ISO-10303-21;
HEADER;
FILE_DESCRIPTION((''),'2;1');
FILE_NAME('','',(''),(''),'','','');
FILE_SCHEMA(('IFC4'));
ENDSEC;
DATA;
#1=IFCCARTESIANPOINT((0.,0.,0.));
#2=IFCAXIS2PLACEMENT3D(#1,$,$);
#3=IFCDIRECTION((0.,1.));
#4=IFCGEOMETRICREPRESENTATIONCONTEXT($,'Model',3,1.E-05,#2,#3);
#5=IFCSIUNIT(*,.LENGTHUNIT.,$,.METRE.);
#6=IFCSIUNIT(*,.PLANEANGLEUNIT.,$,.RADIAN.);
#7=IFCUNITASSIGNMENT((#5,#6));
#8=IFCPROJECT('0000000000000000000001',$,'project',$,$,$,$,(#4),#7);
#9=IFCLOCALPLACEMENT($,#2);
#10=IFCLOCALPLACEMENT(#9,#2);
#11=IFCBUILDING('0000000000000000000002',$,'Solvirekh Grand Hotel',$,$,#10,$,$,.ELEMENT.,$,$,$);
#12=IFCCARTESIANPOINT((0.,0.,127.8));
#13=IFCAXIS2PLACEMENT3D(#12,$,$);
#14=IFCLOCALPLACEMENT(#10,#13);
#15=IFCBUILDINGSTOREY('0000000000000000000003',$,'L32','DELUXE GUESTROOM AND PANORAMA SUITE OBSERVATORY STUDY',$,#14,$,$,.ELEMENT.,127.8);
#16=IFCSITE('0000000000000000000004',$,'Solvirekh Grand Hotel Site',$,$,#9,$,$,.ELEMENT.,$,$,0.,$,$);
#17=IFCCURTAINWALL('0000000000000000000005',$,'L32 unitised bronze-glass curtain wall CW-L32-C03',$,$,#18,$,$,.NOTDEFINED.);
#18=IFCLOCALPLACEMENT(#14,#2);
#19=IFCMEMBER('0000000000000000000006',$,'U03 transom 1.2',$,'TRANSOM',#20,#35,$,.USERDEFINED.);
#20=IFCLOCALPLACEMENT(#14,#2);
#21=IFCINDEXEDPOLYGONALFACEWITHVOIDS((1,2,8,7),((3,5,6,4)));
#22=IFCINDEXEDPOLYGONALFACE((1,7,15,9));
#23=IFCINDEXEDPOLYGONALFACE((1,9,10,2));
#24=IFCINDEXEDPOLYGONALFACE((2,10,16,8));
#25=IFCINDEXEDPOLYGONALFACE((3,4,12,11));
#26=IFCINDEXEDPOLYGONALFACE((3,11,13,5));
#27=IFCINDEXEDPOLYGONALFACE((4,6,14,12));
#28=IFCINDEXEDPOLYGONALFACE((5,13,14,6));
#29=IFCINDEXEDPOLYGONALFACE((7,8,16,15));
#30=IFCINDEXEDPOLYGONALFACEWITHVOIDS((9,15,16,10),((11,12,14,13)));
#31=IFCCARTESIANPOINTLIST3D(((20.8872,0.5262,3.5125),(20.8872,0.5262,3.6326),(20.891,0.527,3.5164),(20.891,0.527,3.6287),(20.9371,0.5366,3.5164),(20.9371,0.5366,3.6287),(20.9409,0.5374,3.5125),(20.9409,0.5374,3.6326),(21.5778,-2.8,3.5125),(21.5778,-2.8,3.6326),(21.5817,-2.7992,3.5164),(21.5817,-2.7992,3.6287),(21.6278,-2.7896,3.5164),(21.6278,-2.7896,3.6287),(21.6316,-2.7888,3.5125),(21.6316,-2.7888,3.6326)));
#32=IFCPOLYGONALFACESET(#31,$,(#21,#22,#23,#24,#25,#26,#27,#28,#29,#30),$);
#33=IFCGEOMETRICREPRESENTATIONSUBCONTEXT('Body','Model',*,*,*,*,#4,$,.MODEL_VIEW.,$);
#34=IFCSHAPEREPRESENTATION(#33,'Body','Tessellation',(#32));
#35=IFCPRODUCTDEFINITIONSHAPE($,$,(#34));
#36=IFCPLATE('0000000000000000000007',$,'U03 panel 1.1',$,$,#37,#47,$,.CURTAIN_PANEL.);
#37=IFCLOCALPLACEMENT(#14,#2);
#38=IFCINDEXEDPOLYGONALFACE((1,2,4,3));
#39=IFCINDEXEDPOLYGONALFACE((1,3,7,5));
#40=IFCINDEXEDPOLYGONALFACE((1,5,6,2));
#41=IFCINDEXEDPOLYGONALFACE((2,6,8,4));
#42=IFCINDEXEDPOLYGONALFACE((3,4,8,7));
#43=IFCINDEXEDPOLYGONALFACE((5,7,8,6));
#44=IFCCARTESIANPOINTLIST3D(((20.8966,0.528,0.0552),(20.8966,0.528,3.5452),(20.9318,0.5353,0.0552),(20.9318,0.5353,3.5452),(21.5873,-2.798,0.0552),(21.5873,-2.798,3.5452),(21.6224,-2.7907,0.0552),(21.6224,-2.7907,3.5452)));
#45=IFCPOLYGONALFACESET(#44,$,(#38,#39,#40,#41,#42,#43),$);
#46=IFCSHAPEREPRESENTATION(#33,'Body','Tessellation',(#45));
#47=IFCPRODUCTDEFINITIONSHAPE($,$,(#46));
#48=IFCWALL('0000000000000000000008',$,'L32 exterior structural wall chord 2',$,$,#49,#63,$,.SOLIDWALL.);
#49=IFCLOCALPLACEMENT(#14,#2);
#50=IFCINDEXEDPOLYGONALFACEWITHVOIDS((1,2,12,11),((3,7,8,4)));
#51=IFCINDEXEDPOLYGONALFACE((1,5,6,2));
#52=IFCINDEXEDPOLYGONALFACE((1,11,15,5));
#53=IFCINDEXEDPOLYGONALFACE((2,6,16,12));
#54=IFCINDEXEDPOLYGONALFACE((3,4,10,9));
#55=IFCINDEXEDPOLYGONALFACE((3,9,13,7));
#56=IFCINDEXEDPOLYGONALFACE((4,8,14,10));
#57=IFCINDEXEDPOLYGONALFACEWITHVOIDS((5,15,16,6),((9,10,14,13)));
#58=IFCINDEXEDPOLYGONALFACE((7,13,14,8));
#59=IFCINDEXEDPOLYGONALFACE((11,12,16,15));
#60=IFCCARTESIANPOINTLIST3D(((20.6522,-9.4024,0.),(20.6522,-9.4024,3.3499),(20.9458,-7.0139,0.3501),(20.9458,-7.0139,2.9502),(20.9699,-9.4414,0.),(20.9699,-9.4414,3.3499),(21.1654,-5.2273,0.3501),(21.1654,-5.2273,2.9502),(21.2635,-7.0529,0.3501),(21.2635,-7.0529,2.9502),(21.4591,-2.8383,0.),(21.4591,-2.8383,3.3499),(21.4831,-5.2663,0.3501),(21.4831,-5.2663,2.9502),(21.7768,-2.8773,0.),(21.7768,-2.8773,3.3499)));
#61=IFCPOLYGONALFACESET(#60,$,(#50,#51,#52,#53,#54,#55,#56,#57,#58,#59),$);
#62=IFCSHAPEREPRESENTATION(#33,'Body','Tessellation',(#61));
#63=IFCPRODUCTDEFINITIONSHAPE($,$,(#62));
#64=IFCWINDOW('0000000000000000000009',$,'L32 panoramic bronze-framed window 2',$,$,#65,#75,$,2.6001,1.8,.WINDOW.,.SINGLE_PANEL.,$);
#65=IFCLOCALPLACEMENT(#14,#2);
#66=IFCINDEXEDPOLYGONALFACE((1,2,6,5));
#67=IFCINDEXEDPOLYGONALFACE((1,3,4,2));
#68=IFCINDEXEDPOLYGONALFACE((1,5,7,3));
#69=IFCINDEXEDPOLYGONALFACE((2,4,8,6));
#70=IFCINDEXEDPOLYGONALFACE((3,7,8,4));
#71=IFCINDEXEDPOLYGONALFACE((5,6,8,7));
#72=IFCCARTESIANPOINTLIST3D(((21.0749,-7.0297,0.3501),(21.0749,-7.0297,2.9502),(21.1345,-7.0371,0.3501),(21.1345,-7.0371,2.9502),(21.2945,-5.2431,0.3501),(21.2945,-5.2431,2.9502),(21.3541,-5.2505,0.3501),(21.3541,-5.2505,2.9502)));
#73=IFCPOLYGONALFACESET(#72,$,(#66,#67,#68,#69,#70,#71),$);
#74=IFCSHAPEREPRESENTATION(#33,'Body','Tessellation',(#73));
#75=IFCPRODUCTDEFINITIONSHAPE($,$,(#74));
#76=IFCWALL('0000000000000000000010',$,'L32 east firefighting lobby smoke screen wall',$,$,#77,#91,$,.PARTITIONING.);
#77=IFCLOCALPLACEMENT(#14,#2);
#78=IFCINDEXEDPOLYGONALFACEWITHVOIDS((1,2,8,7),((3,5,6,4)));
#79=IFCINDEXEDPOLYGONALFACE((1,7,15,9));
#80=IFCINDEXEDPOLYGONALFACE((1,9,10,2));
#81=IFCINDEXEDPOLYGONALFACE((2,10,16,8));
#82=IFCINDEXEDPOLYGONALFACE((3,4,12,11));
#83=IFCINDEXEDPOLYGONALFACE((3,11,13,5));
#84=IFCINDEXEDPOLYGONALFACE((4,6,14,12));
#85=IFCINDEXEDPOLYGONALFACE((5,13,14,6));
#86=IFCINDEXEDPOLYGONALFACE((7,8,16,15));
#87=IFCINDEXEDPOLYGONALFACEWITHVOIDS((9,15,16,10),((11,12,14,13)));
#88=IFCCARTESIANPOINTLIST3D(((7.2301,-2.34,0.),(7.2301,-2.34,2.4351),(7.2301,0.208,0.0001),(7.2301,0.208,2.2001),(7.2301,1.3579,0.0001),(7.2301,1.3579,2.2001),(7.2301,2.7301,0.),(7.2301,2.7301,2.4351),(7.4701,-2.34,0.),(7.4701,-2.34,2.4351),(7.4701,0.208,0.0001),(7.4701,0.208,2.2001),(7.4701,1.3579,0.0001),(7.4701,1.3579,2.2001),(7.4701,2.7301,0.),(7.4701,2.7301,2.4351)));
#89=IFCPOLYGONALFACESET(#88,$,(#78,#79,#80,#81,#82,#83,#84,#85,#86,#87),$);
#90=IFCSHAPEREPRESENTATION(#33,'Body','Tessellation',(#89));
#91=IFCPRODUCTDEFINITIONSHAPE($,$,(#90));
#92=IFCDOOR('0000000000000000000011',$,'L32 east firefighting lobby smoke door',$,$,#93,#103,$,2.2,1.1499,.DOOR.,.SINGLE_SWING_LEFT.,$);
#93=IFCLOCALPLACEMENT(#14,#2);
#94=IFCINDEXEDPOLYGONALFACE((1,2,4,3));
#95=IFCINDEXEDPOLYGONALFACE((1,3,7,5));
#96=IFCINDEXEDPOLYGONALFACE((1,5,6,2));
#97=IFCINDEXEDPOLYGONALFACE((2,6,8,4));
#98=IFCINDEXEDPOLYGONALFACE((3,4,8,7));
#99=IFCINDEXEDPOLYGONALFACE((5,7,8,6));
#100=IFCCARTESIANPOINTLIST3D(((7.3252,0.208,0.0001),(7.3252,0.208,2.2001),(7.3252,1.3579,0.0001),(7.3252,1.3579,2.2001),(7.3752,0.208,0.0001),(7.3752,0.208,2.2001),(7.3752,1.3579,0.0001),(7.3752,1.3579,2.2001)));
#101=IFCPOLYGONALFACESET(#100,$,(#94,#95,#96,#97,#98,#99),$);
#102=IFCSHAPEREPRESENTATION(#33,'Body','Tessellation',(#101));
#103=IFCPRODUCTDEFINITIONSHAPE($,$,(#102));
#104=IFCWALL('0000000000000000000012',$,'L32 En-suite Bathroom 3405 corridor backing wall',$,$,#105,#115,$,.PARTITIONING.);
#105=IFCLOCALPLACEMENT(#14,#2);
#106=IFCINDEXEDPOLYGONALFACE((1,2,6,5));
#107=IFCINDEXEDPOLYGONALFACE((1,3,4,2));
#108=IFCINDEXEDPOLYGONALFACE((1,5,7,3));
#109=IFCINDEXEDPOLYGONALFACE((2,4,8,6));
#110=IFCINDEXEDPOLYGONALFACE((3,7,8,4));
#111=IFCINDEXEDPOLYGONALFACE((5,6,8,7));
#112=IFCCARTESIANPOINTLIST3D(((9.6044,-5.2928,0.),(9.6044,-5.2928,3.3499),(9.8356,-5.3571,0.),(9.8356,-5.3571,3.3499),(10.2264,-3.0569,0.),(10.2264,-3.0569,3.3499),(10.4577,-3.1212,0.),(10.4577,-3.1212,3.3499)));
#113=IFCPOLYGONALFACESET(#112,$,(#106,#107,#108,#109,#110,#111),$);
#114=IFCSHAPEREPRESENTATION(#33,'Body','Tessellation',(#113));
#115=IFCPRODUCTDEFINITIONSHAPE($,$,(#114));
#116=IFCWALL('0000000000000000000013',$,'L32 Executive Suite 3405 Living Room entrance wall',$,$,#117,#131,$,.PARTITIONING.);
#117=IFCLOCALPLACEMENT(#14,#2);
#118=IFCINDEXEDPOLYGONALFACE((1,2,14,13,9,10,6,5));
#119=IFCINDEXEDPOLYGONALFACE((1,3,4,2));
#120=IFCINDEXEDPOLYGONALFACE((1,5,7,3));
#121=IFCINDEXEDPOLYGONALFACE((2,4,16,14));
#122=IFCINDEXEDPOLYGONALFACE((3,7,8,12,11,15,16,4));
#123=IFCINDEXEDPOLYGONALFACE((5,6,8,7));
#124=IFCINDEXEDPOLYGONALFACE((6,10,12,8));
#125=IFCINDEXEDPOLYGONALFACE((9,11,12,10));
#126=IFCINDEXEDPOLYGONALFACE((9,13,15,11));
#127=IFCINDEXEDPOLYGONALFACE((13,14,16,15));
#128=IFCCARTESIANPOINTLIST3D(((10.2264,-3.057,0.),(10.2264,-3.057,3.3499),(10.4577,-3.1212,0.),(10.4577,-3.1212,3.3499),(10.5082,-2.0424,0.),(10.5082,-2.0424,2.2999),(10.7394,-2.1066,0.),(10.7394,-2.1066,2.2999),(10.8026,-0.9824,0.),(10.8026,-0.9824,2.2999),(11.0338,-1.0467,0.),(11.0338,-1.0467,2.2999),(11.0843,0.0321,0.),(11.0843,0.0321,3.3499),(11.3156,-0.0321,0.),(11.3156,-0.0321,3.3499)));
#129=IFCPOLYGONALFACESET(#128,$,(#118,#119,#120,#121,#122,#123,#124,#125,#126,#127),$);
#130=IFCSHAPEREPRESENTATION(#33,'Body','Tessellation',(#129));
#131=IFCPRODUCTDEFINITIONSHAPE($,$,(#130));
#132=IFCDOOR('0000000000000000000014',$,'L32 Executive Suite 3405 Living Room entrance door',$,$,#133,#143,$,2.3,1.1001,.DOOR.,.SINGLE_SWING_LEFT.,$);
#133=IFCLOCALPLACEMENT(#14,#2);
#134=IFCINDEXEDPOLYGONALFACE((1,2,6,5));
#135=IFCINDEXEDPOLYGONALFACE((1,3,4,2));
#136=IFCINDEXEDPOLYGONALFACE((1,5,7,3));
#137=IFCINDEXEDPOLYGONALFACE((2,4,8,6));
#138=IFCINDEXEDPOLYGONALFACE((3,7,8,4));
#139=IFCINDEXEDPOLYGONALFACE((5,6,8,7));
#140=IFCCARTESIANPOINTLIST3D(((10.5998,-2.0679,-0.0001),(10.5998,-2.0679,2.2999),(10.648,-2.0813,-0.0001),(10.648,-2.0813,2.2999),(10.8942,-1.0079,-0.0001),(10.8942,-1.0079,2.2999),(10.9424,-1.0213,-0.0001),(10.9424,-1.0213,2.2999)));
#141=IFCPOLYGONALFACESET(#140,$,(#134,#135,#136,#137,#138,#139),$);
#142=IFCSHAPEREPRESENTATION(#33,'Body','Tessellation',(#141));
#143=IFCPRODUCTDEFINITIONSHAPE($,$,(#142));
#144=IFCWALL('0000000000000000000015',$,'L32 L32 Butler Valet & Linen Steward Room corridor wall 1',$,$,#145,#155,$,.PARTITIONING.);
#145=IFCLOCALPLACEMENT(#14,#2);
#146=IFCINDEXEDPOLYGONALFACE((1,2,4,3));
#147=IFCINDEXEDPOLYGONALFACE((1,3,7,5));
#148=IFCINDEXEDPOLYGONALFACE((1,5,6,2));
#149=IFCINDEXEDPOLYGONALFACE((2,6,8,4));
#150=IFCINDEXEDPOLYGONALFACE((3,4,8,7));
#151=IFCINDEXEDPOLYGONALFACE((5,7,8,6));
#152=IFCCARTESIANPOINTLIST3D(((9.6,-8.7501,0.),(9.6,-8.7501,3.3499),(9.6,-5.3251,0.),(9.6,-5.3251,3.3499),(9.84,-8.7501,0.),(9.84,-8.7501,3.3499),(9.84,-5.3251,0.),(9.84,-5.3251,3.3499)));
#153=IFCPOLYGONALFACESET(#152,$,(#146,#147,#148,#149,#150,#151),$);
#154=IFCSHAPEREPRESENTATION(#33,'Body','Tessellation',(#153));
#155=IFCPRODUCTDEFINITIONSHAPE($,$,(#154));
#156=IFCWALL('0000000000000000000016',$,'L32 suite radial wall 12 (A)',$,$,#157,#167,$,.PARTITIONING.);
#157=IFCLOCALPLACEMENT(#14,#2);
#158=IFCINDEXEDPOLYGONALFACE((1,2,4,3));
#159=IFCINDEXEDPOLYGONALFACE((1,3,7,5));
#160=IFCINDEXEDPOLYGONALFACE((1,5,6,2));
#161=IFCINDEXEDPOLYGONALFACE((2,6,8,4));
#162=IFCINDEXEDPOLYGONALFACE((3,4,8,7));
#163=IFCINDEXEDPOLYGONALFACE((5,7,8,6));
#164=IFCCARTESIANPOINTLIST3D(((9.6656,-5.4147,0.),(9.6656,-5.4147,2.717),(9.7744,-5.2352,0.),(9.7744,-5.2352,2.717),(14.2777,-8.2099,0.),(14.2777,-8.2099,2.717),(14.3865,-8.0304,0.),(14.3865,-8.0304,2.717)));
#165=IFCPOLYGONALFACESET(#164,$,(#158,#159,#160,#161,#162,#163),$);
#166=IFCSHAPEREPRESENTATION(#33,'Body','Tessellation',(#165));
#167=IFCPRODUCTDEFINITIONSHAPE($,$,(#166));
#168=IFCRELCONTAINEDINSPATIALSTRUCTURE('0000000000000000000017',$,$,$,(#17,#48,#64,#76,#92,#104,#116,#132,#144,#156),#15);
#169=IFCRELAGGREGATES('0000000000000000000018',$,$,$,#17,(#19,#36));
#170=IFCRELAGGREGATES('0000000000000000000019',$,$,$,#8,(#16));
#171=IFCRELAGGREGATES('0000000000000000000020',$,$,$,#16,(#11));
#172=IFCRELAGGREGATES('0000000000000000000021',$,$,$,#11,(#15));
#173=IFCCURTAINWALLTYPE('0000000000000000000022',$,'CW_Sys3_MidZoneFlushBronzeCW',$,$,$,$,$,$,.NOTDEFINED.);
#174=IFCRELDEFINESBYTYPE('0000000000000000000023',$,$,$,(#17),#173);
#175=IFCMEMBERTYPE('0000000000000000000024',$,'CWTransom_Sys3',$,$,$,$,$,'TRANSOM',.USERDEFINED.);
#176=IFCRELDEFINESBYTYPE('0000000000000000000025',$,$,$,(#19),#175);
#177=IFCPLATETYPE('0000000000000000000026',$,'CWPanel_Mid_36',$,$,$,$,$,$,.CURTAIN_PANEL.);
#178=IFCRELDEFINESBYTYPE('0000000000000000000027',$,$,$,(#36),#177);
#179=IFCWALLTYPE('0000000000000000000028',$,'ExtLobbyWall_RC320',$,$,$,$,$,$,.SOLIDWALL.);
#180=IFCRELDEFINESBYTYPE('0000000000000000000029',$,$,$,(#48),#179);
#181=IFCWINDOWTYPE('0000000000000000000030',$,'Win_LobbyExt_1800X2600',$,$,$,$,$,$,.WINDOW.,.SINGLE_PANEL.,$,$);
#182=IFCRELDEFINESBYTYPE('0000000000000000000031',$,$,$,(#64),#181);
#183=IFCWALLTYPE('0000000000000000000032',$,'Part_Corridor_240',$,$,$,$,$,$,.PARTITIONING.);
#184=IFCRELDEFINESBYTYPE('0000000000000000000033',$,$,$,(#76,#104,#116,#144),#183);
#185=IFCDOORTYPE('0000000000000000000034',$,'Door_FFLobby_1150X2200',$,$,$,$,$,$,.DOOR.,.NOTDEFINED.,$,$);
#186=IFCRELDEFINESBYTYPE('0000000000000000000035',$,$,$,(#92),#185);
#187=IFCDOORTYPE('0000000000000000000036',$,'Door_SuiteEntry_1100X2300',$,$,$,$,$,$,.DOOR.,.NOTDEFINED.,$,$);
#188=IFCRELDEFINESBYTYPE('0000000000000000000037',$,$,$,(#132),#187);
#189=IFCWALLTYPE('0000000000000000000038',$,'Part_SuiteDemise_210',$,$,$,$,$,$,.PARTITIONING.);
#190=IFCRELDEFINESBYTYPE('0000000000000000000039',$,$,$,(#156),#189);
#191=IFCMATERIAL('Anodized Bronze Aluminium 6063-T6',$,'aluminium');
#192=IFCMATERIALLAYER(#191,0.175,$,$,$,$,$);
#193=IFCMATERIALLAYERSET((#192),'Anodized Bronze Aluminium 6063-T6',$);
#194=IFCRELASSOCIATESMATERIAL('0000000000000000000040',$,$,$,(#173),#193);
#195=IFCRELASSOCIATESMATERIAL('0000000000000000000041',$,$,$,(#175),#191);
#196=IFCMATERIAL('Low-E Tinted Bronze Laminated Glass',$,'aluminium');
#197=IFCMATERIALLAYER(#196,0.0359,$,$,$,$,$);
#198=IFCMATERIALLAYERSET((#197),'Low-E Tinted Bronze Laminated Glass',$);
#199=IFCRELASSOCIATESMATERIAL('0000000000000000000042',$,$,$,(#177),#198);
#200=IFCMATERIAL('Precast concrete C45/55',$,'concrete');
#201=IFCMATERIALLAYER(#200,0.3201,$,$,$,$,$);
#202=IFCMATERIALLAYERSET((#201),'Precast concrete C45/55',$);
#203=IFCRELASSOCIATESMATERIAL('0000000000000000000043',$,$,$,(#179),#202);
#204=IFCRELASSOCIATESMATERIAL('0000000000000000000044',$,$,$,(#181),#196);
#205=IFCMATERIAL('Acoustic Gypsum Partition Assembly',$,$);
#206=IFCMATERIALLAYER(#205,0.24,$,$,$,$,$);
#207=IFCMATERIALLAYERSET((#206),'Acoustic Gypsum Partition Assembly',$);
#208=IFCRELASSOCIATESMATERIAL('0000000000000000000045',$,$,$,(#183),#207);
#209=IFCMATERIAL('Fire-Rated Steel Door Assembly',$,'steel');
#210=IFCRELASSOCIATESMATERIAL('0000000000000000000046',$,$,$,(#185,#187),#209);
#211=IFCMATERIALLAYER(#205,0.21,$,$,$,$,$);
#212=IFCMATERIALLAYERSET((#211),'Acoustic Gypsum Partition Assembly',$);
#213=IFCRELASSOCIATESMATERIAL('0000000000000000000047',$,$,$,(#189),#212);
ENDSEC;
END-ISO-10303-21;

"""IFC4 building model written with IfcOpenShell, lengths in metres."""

from ifc_helpers import new_model, si_unit, direction, frame, frame_2d, origin, origin_2d, place, context, subcontext, project, spatial, rectangle, hollow_rectangle, extrude, source, transform, mapped, material, layer, layer_set, material_profile, profile_set, type_object, element, fill, aggregate, save


model = new_model("IFC4")

# Units and contexts
model_context = context("Model", 3, precision=1e-05, world=origin(), true_north=direction((0.0, 1.0)))
body_context = subcontext(model_context, "Body", "Model", "MODEL_VIEW")
ifc_project = project(units=[si_unit("LENGTHUNIT", "METRE"), si_unit("PLANEANGLEUNIT", "RADIAN")], contexts=[model_context])

# Site, building, storey
site_placement = place(None, origin())
site = spatial("IfcSite", under=ifc_project, at=site_placement, Name="Solvirekh Grand Hotel Site", CompositionType="ELEMENT", RefElevation=0.0)
building_placement = place(site_placement, origin())
building = spatial("IfcBuilding", under=site, at=building_placement, Name="Solvirekh Grand Hotel", CompositionType="ELEMENT")
storey_placement = place(building_placement, frame((0.0, 0.0, 127.8)))
storey = spatial("IfcBuildingStorey", under=building, at=storey_placement, Name="L32", Description="DELUXE GUESTROOM AND PANORAMA SUITE OBSERVATORY STUDY", CompositionType="ELEMENT", Elevation=127.8)

# Curtain wall, member, plate
ifc_material_1 = material(Name="Anodized Bronze Aluminium 6063-T6", Category="aluminium")
ifc_layer_1 = layer(ifc_material_1, 0.175)
ifc_layer_set_1 = layer_set([ifc_layer_1], Name="Anodized Bronze Aluminium 6063-T6")
curtain_wall_type = type_object("IfcCurtainWallType", Name="CW_Sys3_MidZoneFlushBronzeCW", PredefinedType="NOTDEFINED", material=ifc_layer_set_1)
curtain_wall_placement = place(storey_placement, origin())
curtain_wall = element("IfcCurtainWall", 1, at=curtain_wall_placement, inside=storey, type_object=curtain_wall_type, Name="L32 unitised bronze-glass curtain wall CW-L32-C03", PredefinedType="NOTDEFINED")
ifc_material_profile_1 = material_profile(ifc_material_1, hollow_rectangle(XDim=0.0549, YDim=0.1201, WallThickness=0.0039, at=origin_2d()), Name="ALU RHS 120X55X4")
ifc_profile_set_1 = profile_set([ifc_material_profile_1], Name="Anodized Bronze Aluminium 6063-T6")
member_type_1 = type_object("IfcMemberType", Name="CWTransom_Sys3", ElementType="TRANSOM", PredefinedType="USERDEFINED", material=ifc_profile_set_1)
shared_shape_1 = source(origin(), body_context, "Body", "SweptSolid", [
    extrude(hollow_rectangle(XDim=0.0549, YDim=0.1201, WallThickness=0.0039, at=origin_2d()), origin(), (0.0, 0.0, 1.0), 3.3972),
])
member_1_placement = place(storey_placement, frame((21.6047, -2.7944, 3.5725), z_axis=(-0.203311, 0.979114, 0.0), x_axis=(-0.979114, -0.203311, 0.0)))
member_1 = element("IfcMember", 2, at=member_1_placement, type_object=member_type_1, Name="U03 transom 1.2", ObjectType="TRANSOM", PredefinedType="USERDEFINED", context=body_context, shape_type="MappedRepresentation", body=[
    mapped(shared_shape_1, transform((0.0, 0.0, 0.0), x_axis=(1.0, 0.0, 0.0), y_axis=(0.0, 1.0, 0.0), z_axis=(0.0, 0.0, 1.0), scale=1.0)),
])
ifc_material_2 = material(Name="Low-E Tinted Bronze Laminated Glass", Category="aluminium")
ifc_layer_2 = layer(ifc_material_2, 0.0359)
ifc_layer_set_2 = layer_set([ifc_layer_2], Name="Low-E Tinted Bronze Laminated Glass")
plate_type = type_object("IfcPlateType", Name="CWPanel_Mid_36", PredefinedType="CURTAIN_PANEL", material=ifc_layer_set_2)
shared_shape_2 = source(origin(), body_context, "Body", "SweptSolid", [
    extrude(rectangle(XDim=3.397, YDim=0.0359, at=origin_2d()), origin(), (0.0, 0.0, 1.0), 3.49),
])
plate_placement = place(storey_placement, frame((21.2595, -1.1313, 0.0552), z_axis=(0.0, 0.0, 1.0), x_axis=(-0.20332, 0.979112, 0.0)))
plate = element("IfcPlate", 3, at=plate_placement, type_object=plate_type, Name="U03 panel 1.1", PredefinedType="CURTAIN_PANEL", context=body_context, shape_type="MappedRepresentation", body=[
    mapped(shared_shape_2, transform((0.0, 0.0, 0.0), x_axis=(1.0, 0.0, 0.0), y_axis=(0.0, 1.0, 0.0), z_axis=(0.0, 0.0, 1.0), scale=1.0)),
])
aggregate(curtain_wall, [member_1, plate])

# Wall, opening, window
ifc_material_3 = material(Name="Precast concrete C45/55", Category="concrete")
ifc_layer_3 = layer(ifc_material_3, 0.3201)
ifc_layer_set_3 = layer_set([ifc_layer_3], Name="Precast concrete C45/55")
wall_type_1 = type_object("IfcWallType", Name="ExtLobbyWall_RC320", PredefinedType="SOLIDWALL", material=ifc_layer_set_3)
wall_1_placement = place(storey_placement, frame((21.6179, -2.8579, 0.0), z_axis=(0.0, 0.0, 1.0), x_axis=(-0.122004, -0.99253, 0.0)))
wall_1 = element("IfcWall", 4, at=wall_1_placement, inside=storey, type_object=wall_type_1, Name="L32 exterior structural wall chord 2", PredefinedType="SOLIDWALL", context=body_context, shape_type="SweptSolid", body=[
    extrude(rectangle(XDim=6.6135, YDim=0.3201, at=frame_2d((3.3066, 0.0))), origin(), (0.0, 0.0, 1.0), 3.3499),
])
opening_1_placement = place(wall_1_placement, frame((2.407, 0.0, 0.3501)))
opening_1 = element("IfcOpeningElement", 5, at=opening_1_placement, cuts=wall_1, PredefinedType="OPENING", context=body_context, shape_type="SweptSolid", body=[
    extrude(rectangle(XDim=1.8, YDim=2.6001, at=frame_2d((0.8999, 1.3))), frame((0.0, 0.1699, 0.0), z_axis=(0.0, -1.0, 0.0), x_axis=(1.0, 0.0, 0.0)), (0.0, 0.0, 1.0), 0.3401),
])
window_type = type_object("IfcWindowType", Name="Win_LobbyExt_1800X2600", PartitioningType="SINGLE_PANEL", PredefinedType="WINDOW", material=ifc_material_2)
window_placement = place(opening_1_placement, origin())
window = element("IfcWindow", 6, at=window_placement, inside=storey, type_object=window_type, Name="L32 panoramic bronze-framed window 2", OverallHeight=2.6001, OverallWidth=1.8, PartitioningType="SINGLE_PANEL", PredefinedType="WINDOW", context=body_context, shape_type="SweptSolid", body=[
    extrude(rectangle(XDim=1.8, YDim=2.6001, at=frame_2d((0.8999, 1.3))), frame((0.0, 0.03, 0.0), z_axis=(0.0, -1.0, 0.0), x_axis=(1.0, 0.0, 0.0)), (0.0, 0.0, 1.0), 0.0601),
])
fill(opening_1, window)

# Wall, opening, door
ifc_material_4 = material(Name="Acoustic Gypsum Partition Assembly")
ifc_layer_4 = layer(ifc_material_4, 0.24)
ifc_layer_set_4 = layer_set([ifc_layer_4], Name="Acoustic Gypsum Partition Assembly")
wall_type_2 = type_object("IfcWallType", Name="Part_Corridor_240", PredefinedType="PARTITIONING", material=ifc_layer_set_4)
wall_2_placement = place(storey_placement, frame((7.3501, -2.3401, 0.0), z_axis=(0.0, 0.0, 1.0), x_axis=(0.0, 1.0, 0.0)))
wall_2 = element("IfcWall", 7, at=wall_2_placement, inside=storey, type_object=wall_type_2, Name="L32 east firefighting lobby smoke screen wall", PredefinedType="PARTITIONING", context=body_context, shape_type="SweptSolid", body=[
    extrude(rectangle(XDim=5.0701, YDim=0.24, at=frame_2d((2.5352, 0.0))), origin(), (0.0, 0.0, 1.0), 2.4351),
])
opening_2_placement = place(wall_2_placement, frame((2.5481, 0.0, 0.0)))
opening_2 = element("IfcOpeningElement", 8, at=opening_2_placement, cuts=wall_2, PredefinedType="OPENING", context=body_context, shape_type="SweptSolid", body=[
    extrude(rectangle(XDim=1.1499, YDim=2.2, at=frame_2d((0.575, 1.1001))), frame((0.0, 0.1299, 0.0), z_axis=(0.0, -1.0, 0.0), x_axis=(1.0, 0.0, 0.0)), (0.0, 0.0, 1.0), 0.26),
])
ifc_material_5 = material(Name="Fire-Rated Steel Door Assembly", Category="steel")
door_type_1 = type_object("IfcDoorType", Name="Door_FFLobby_1150X2200", OperationType="NOTDEFINED", PredefinedType="DOOR", material=ifc_material_5)
door_1_placement = place(opening_2_placement, origin())
door_1 = element("IfcDoor", 9, at=door_1_placement, inside=storey, type_object=door_type_1, Name="L32 east firefighting lobby smoke door", OperationType="SINGLE_SWING_LEFT", OverallHeight=2.2, OverallWidth=1.1499, PredefinedType="DOOR", context=body_context, shape_type="SweptSolid", body=[
    extrude(rectangle(XDim=1.1499, YDim=2.2, at=frame_2d((0.575, 1.1001))), frame((0.0, 0.0249, 0.0), z_axis=(0.0, -1.0, 0.0), x_axis=(1.0, 0.0, 0.0)), (0.0, 0.0, 1.0), 0.05),
])
fill(opening_2, door_1)

# Wall
wall_3_placement = place(storey_placement, frame((9.72, -5.325, 0.0), z_axis=(0.0, 0.0, 1.0), x_axis=(0.268045, 0.963406, 0.0)))
element("IfcWall", 10, at=wall_3_placement, inside=storey, type_object=wall_type_2, Name="L32 En-suite Bathroom 3405 corridor backing wall", PredefinedType="PARTITIONING", context=body_context, shape_type="SweptSolid", body=[
    extrude(rectangle(XDim=2.3208, YDim=0.24, at=frame_2d((1.1604, 0.0))), origin(), (0.0, 0.0, 1.0), 3.3499),
])

# Wall, opening, door
wall_4_placement = place(storey_placement, frame((10.342, -3.0891, 0.0), z_axis=(0.0, 0.0, 1.0), x_axis=(0.267593, 0.963532, 0.0)))
wall_4 = element("IfcWall", 11, at=wall_4_placement, inside=storey, type_object=wall_type_2, Name="L32 Executive Suite 3405 Living Room entrance wall", PredefinedType="PARTITIONING", context=body_context, shape_type="SweptSolid", body=[
    extrude(rectangle(XDim=3.2061, YDim=0.24, at=frame_2d((1.603, 0.0))), origin(), (0.0, 0.0, 1.0), 3.3499),
])
opening_3_placement = place(wall_4_placement, frame((1.053, 0.0, 0.0)))
opening_3 = element("IfcOpeningElement", 12, at=opening_3_placement, cuts=wall_4, PredefinedType="OPENING", context=body_context, shape_type="SweptSolid", body=[
    extrude(rectangle(XDim=1.1001, YDim=2.3, at=frame_2d((0.55, 1.1499))), frame((0.0, 0.1299, 0.0), z_axis=(0.0, -1.0, 0.0), x_axis=(1.0, 0.0, 0.0)), (0.0, 0.0, 1.0), 0.26),
])
door_type_2 = type_object("IfcDoorType", Name="Door_SuiteEntry_1100X2300", OperationType="NOTDEFINED", PredefinedType="DOOR", material=ifc_material_5)
door_2_placement = place(opening_3_placement, origin())
door_2 = element("IfcDoor", 13, at=door_2_placement, inside=storey, type_object=door_type_2, Name="L32 Executive Suite 3405 Living Room entrance door", OperationType="SINGLE_SWING_LEFT", OverallHeight=2.3, OverallWidth=1.1001, PredefinedType="DOOR", context=body_context, shape_type="SweptSolid", body=[
    extrude(rectangle(XDim=1.1001, YDim=2.3, at=frame_2d((0.55, 1.1499))), frame((0.0, 0.0249, 0.0), z_axis=(0.0, -1.0, 0.0), x_axis=(1.0, 0.0, 0.0)), (0.0, 0.0, 1.0), 0.05),
])
fill(opening_3, door_2)

# Walls
wall_5_placement = place(storey_placement, frame((9.72, -8.75, 0.0), z_axis=(0.0, 0.0, 1.0), x_axis=(0.0, 1.0, 0.0)))
element("IfcWall", 14, at=wall_5_placement, inside=storey, type_object=wall_type_2, Name="L32 L32 Butler Valet & Linen Steward Room corridor wall 1", PredefinedType="PARTITIONING", context=body_context, shape_type="SweptSolid", body=[
    extrude(rectangle(XDim=3.425, YDim=0.24, at=frame_2d((1.7124, 0.0))), origin(), (0.0, 0.0, 1.0), 3.3499),
])
ifc_layer_5 = layer(ifc_material_4, 0.21)
ifc_layer_set_5 = layer_set([ifc_layer_5], Name="Acoustic Gypsum Partition Assembly")
wall_type_3 = type_object("IfcWallType", Name="Part_SuiteDemise_210", PredefinedType="PARTITIONING", material=ifc_layer_set_5)
wall_6_placement = place(storey_placement, frame((9.72, -5.325, 0.0), z_axis=(0.0, 0.0, 1.0), x_axis=(0.8552, -0.518299, 0.0)))
element("IfcWall", 15, at=wall_6_placement, inside=storey, type_object=wall_type_3, Name="L32 suite radial wall 12 (A)", PredefinedType="PARTITIONING", context=body_context, shape_type="SweptSolid", body=[
    extrude(rectangle(XDim=5.3931, YDim=0.21, at=frame_2d((2.6965, 0.0))), origin(), (0.0, 0.0, 1.0), 2.717),
])

save(model, "model.ifc")
